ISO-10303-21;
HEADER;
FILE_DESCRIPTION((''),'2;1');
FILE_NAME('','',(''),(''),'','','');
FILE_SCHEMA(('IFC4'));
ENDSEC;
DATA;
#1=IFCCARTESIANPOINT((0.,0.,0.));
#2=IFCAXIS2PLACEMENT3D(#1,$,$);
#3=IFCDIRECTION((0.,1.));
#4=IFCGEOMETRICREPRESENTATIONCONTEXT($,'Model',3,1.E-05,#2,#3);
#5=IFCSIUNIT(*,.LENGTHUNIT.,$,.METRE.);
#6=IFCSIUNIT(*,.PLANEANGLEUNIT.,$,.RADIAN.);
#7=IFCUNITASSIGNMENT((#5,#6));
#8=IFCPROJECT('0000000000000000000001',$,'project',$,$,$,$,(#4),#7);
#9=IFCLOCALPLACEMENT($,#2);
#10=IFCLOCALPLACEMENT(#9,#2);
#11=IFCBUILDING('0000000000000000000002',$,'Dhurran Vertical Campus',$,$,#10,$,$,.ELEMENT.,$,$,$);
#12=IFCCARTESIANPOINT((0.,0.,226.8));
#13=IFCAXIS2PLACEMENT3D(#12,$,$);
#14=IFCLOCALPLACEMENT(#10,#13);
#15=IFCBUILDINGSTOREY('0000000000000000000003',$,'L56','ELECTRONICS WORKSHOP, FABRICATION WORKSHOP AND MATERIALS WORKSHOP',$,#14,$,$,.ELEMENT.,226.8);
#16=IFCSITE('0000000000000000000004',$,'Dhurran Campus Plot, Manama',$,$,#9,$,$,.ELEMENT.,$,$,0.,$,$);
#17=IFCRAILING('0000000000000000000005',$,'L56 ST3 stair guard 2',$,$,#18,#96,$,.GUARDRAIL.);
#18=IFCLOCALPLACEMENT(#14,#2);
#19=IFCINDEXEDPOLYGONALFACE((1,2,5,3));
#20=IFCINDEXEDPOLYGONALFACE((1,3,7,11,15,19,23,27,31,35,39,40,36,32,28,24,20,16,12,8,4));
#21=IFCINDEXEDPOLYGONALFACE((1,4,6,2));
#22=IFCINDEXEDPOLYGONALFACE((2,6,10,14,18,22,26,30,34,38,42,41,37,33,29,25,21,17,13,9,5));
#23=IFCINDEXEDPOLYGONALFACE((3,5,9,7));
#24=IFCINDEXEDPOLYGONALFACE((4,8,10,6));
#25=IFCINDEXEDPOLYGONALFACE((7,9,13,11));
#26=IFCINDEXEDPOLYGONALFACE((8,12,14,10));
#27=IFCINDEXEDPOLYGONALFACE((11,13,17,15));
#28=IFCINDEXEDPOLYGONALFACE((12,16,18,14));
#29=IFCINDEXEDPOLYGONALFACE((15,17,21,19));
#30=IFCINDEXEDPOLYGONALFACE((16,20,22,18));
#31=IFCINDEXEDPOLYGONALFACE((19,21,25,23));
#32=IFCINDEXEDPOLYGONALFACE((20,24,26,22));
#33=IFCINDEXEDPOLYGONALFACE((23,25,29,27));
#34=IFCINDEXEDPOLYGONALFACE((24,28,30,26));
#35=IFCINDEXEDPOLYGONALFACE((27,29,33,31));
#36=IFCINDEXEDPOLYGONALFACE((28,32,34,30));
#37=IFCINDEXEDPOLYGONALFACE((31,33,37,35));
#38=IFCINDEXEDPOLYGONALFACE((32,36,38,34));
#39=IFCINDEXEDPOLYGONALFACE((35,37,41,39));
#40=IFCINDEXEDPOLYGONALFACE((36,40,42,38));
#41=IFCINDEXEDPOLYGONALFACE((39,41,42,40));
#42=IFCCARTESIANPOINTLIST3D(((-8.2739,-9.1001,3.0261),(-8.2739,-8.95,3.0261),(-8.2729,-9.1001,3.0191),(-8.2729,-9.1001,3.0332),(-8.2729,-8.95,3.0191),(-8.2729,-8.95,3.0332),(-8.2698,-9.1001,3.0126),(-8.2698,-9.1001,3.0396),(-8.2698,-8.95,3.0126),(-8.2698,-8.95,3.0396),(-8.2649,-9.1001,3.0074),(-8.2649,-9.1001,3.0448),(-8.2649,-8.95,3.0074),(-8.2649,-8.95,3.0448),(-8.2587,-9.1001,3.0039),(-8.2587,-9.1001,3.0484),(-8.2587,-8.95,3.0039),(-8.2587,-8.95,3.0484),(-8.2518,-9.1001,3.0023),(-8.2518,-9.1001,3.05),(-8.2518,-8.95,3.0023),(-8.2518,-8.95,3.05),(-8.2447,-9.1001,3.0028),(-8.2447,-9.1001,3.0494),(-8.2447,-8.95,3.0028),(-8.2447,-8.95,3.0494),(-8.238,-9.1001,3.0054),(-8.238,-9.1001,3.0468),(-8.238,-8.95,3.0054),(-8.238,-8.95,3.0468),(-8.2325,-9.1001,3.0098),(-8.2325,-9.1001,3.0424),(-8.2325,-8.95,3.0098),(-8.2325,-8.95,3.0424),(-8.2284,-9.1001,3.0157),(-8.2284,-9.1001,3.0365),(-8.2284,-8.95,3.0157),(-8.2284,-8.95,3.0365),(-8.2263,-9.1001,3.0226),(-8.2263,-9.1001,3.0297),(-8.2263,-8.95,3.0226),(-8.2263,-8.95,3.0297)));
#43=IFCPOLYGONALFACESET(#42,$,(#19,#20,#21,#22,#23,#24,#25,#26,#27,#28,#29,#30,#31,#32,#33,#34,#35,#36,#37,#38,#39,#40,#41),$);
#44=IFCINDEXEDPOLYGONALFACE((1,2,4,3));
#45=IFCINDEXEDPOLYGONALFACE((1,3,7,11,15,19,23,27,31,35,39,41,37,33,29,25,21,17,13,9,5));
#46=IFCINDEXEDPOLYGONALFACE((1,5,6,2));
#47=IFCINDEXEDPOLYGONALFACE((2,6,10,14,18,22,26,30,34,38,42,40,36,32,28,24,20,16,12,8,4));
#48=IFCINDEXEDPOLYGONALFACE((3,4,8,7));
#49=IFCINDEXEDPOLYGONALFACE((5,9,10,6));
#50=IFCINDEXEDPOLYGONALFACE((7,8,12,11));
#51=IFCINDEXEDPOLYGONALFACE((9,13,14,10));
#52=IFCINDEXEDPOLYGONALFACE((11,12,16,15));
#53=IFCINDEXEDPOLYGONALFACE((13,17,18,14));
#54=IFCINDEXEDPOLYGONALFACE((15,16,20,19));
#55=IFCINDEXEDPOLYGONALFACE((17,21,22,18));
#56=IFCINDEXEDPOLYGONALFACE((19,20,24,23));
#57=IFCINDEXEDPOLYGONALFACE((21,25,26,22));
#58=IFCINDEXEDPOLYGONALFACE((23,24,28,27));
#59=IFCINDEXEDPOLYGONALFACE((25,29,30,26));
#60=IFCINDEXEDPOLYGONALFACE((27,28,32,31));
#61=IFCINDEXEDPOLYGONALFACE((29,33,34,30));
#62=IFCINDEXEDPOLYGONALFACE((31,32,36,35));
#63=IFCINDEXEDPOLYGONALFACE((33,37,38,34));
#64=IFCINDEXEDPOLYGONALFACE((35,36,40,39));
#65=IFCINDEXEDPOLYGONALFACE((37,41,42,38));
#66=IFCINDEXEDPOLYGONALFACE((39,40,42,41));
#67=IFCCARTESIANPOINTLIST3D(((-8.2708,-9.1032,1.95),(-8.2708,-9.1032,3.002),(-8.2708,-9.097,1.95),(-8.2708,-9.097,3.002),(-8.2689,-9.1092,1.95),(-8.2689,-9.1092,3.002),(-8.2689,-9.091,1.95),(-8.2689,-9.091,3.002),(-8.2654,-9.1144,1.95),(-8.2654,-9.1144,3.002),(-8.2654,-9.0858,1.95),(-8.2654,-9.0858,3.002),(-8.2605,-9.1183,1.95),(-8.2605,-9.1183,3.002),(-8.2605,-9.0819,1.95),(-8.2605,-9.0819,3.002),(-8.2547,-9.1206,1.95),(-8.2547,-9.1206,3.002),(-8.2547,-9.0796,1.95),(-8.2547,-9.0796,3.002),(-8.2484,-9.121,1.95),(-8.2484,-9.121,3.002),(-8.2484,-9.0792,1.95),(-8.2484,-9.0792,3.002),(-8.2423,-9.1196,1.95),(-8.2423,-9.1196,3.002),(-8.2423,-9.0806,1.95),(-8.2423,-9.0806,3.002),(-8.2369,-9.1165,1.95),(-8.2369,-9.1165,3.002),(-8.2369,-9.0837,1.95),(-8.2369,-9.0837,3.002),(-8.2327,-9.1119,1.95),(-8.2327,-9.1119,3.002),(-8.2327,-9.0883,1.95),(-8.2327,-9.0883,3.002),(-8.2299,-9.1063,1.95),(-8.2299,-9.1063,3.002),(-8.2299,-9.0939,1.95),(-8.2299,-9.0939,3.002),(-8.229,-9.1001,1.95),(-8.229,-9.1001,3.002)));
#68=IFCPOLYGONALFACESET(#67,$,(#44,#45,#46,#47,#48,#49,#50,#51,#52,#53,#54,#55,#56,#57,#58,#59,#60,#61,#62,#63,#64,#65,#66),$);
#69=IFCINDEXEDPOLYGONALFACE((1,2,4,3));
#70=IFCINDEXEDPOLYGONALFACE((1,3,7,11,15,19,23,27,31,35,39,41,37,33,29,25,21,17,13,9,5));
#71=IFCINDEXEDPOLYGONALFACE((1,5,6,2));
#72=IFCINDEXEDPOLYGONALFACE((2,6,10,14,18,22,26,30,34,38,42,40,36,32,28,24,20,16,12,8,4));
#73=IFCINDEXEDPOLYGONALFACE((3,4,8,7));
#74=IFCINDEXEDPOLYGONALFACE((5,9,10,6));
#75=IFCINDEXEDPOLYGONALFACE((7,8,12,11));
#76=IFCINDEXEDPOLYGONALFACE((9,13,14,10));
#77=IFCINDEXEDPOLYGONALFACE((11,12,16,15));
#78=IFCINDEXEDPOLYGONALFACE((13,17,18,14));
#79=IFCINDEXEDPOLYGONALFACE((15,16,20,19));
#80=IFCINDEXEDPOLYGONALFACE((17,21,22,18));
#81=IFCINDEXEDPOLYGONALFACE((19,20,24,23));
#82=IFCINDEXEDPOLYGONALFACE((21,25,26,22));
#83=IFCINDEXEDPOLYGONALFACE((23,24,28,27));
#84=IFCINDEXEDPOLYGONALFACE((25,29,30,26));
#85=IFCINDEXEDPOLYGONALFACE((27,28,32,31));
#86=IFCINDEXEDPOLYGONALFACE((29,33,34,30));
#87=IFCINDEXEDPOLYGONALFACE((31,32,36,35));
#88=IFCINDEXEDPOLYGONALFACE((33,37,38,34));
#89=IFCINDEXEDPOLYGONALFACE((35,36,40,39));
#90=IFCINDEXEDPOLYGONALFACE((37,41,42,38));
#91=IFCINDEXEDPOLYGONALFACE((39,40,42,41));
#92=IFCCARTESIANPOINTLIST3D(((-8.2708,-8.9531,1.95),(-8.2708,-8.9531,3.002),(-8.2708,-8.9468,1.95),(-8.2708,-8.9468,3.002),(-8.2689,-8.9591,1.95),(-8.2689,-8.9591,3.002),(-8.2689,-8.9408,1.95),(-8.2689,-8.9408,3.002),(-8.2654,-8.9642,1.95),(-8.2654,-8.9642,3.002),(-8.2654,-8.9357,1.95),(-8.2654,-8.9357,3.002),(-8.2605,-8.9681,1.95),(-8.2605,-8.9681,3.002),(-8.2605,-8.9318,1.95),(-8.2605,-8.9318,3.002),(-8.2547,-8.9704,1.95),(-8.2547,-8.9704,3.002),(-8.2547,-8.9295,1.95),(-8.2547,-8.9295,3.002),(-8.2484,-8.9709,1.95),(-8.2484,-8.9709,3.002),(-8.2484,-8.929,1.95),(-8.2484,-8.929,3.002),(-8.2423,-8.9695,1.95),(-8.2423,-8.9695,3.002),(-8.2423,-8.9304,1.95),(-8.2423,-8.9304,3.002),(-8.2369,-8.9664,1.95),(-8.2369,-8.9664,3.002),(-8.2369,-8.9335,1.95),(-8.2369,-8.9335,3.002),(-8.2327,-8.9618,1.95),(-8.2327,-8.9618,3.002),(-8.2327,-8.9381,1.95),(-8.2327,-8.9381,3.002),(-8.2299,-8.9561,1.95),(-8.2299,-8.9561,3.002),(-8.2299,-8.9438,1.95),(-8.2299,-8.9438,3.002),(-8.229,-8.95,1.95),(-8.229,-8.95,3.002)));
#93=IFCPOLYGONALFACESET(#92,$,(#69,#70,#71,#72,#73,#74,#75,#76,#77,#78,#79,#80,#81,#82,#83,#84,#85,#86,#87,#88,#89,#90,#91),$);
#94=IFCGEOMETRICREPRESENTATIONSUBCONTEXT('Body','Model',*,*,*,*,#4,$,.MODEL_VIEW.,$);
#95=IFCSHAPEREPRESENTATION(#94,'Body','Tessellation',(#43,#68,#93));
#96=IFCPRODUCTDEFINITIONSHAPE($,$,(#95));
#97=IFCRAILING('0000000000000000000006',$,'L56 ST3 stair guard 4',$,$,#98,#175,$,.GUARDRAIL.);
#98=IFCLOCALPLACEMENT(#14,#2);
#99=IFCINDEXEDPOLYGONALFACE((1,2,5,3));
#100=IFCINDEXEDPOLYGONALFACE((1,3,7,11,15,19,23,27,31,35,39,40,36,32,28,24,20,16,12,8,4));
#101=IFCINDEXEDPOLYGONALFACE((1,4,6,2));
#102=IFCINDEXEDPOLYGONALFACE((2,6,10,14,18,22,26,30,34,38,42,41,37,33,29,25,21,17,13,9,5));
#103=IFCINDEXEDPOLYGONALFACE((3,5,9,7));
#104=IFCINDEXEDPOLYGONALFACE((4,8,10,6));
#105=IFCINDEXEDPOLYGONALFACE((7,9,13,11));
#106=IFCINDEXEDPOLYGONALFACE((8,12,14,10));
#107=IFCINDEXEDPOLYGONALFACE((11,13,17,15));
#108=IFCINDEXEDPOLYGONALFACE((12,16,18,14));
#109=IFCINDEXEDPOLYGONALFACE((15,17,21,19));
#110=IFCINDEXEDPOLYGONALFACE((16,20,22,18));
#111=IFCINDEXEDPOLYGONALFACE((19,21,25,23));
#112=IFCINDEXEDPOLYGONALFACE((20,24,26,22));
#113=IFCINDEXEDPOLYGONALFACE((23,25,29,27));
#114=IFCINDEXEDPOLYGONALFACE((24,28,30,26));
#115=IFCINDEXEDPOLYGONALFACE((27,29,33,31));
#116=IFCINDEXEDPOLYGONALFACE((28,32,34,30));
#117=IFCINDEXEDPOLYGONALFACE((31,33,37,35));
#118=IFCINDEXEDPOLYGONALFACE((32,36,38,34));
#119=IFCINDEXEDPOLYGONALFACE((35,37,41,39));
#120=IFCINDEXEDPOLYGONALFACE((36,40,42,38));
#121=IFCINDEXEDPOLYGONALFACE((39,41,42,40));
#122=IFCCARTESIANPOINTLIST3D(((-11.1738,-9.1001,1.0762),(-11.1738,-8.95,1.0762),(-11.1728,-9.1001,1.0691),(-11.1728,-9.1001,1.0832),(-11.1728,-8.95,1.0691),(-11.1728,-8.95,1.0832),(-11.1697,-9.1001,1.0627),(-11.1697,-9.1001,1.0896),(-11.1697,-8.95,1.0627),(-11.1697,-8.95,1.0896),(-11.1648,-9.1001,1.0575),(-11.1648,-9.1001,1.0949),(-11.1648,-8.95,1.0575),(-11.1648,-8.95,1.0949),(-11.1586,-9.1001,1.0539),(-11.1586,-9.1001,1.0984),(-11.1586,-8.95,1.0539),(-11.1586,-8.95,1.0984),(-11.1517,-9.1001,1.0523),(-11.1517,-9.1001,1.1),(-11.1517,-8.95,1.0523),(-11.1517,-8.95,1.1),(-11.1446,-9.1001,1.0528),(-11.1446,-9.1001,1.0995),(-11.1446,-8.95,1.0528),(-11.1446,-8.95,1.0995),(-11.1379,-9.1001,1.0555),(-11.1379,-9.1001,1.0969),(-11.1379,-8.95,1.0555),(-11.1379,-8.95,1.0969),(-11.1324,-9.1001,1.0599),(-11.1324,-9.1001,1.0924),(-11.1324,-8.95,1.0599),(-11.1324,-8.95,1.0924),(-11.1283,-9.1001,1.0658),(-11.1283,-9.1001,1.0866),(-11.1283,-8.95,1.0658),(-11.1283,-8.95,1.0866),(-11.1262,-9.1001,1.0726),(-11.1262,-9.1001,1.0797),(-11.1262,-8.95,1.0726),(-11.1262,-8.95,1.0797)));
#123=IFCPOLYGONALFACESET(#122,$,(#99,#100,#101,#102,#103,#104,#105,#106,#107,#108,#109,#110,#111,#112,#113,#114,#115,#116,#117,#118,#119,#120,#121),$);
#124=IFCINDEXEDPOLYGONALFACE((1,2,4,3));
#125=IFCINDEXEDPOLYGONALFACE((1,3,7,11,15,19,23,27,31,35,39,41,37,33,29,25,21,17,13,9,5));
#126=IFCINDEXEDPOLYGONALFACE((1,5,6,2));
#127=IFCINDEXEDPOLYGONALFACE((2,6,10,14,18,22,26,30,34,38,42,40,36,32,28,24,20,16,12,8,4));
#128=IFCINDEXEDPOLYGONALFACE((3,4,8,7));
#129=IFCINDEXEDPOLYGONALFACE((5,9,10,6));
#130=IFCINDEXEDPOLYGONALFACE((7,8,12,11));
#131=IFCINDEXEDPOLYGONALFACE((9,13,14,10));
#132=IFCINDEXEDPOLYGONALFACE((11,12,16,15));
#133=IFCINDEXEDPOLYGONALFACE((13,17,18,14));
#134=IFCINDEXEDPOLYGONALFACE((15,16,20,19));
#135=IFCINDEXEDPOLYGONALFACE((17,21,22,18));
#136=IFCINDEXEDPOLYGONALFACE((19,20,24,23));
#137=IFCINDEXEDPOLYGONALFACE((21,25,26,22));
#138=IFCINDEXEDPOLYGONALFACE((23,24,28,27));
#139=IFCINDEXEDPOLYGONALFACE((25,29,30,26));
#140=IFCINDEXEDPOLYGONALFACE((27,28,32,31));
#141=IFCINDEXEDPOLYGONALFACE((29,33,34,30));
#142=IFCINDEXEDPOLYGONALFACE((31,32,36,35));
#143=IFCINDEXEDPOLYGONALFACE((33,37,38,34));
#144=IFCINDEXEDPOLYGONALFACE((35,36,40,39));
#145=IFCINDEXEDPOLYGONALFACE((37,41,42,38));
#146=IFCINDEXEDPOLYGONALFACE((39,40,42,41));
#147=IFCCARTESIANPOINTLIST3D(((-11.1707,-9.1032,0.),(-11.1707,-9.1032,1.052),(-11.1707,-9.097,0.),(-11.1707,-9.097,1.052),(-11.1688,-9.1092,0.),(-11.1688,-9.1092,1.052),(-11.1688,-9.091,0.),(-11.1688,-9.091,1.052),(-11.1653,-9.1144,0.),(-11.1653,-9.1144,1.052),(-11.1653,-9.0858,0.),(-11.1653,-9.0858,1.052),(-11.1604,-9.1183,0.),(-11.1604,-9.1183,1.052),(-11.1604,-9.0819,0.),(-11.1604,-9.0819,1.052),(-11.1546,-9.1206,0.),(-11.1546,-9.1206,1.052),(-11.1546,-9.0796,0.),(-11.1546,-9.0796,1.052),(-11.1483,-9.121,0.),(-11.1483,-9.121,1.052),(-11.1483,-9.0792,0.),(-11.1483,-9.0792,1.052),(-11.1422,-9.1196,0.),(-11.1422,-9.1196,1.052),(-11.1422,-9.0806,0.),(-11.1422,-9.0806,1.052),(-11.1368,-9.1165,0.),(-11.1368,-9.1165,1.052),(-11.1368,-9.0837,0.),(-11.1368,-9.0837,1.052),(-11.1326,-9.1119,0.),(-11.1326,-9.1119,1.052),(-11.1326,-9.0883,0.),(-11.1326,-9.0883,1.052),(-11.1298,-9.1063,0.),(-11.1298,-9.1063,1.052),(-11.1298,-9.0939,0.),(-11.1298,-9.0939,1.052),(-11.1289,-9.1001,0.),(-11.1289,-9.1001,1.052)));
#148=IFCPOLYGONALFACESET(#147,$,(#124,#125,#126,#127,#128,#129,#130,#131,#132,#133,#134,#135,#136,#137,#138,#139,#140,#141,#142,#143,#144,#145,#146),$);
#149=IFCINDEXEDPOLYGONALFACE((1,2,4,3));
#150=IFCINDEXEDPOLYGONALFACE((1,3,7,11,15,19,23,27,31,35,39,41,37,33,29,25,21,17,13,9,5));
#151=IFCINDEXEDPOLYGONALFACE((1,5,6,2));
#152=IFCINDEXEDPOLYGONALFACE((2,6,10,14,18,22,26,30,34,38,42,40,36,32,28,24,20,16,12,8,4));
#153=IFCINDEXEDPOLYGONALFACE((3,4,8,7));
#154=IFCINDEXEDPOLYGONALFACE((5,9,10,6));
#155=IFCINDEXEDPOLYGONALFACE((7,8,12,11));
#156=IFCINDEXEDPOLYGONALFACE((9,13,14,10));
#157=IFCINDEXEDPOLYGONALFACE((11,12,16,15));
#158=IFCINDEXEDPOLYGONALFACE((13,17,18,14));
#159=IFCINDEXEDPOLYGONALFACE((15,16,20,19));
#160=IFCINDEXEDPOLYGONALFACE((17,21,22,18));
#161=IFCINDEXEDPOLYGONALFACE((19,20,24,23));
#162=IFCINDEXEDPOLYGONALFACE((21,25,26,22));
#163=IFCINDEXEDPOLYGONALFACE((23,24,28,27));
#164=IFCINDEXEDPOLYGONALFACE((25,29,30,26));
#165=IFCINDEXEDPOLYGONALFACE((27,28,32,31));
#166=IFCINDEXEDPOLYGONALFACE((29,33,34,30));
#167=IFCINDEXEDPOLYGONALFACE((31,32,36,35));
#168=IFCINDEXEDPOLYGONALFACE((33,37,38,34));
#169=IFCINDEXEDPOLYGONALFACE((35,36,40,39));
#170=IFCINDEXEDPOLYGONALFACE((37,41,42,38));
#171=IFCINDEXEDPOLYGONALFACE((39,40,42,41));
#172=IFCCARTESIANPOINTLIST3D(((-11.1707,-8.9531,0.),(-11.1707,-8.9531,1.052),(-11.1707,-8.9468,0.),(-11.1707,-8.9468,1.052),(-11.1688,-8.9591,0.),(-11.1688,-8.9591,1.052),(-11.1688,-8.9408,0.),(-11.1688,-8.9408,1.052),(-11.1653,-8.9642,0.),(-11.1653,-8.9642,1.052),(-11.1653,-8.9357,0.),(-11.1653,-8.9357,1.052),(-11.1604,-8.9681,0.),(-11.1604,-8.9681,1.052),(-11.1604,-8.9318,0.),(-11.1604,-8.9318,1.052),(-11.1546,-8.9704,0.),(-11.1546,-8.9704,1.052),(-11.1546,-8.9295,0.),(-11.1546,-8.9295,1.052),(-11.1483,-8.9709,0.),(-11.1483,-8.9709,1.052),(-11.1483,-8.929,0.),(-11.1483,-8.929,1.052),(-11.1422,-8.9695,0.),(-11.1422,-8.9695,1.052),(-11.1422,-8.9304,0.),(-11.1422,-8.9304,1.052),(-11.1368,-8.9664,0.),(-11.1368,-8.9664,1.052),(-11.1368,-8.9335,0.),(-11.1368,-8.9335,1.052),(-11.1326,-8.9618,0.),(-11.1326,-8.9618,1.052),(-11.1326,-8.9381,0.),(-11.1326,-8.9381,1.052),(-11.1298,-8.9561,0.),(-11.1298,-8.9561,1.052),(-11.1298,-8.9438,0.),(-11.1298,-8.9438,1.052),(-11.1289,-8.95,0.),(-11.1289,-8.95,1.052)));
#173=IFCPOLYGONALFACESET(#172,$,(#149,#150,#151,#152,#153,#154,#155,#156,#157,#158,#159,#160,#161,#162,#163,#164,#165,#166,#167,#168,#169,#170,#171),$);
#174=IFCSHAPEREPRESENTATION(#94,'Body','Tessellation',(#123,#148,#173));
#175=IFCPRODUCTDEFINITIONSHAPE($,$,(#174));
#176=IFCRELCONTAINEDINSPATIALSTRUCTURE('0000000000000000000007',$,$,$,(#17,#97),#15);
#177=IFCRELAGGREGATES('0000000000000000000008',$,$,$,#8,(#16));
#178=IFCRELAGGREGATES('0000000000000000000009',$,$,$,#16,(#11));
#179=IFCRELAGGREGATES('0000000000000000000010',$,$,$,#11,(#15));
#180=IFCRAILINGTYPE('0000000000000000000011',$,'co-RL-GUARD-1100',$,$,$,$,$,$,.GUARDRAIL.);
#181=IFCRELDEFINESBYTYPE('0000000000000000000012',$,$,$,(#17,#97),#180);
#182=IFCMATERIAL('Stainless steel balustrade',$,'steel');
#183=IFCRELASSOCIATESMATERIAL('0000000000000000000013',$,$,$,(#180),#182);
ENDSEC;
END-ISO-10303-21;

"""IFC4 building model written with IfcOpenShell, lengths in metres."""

from ifc_helpers import new_model, si_unit, direction, frame, origin, origin_2d, place, context, subcontext, project, spatial, circle, extrude, material, type_object, element, save


model = new_model("IFC4")

# Units and contexts
model_context = context("Model", 3, precision=1e-05, world=origin(), true_north=direction((0.0, 1.0)))
body_context = subcontext(model_context, "Body", "Model", "MODEL_VIEW")
ifc_project = project(units=[si_unit("LENGTHUNIT", "METRE"), si_unit("PLANEANGLEUNIT", "RADIAN")], contexts=[model_context])

# Site, building, storey
site_placement = place(None, origin())
site = spatial("IfcSite", under=ifc_project, at=site_placement, Name="Dhurran Campus Plot, Manama", CompositionType="ELEMENT", RefElevation=0.0)
building_placement = place(site_placement, origin())
building = spatial("IfcBuilding", under=site, at=building_placement, Name="Dhurran Vertical Campus", CompositionType="ELEMENT")
storey_placement = place(building_placement, frame((0.0, 0.0, 226.8)))
storey = spatial("IfcBuildingStorey", under=building, at=storey_placement, Name="L56", Description="ELECTRONICS WORKSHOP, FABRICATION WORKSHOP AND MATERIALS WORKSHOP", CompositionType="ELEMENT", Elevation=226.8)

# Railings
ifc_material_1 = material(Name="Stainless steel balustrade", Category="steel")
railing_type_1 = type_object("IfcRailingType", Name="co-RL-GUARD-1100", PredefinedType="GUARDRAIL", material=ifc_material_1)
for number, where, name in (
    (1, (-8.25, -9.1001, 1.95), "L56 ST3 stair guard 2"),
    (2, (-11.1499, -9.1001, 0.0), "L56 ST3 stair guard 4"),
):
    element("IfcRailing", number, at=place(storey_placement, frame(where)), inside=storey, type_object=railing_type_1, Name=name, PredefinedType="GUARDRAIL", context=body_context, shape_type="SweptSolid", body=[
        extrude(circle(Radius=0.0239, at=origin_2d()), frame((0.0, 0.0, 1.0762), z_axis=(0.0, 1.0, 0.0), x_axis=(-1.0, 0.0, 0.0)), (0.0, 0.0, 1.0), 0.1501),
        extrude(circle(Radius=0.021, at=origin_2d()), origin(), (0.0, 0.0, 1.0), 1.052),
        extrude(circle(Radius=0.021, at=origin_2d()), frame((0.0, 0.1501, 0.0)), (0.0, 0.0, 1.0), 1.052),
    ])

save(model, "model.ifc")
